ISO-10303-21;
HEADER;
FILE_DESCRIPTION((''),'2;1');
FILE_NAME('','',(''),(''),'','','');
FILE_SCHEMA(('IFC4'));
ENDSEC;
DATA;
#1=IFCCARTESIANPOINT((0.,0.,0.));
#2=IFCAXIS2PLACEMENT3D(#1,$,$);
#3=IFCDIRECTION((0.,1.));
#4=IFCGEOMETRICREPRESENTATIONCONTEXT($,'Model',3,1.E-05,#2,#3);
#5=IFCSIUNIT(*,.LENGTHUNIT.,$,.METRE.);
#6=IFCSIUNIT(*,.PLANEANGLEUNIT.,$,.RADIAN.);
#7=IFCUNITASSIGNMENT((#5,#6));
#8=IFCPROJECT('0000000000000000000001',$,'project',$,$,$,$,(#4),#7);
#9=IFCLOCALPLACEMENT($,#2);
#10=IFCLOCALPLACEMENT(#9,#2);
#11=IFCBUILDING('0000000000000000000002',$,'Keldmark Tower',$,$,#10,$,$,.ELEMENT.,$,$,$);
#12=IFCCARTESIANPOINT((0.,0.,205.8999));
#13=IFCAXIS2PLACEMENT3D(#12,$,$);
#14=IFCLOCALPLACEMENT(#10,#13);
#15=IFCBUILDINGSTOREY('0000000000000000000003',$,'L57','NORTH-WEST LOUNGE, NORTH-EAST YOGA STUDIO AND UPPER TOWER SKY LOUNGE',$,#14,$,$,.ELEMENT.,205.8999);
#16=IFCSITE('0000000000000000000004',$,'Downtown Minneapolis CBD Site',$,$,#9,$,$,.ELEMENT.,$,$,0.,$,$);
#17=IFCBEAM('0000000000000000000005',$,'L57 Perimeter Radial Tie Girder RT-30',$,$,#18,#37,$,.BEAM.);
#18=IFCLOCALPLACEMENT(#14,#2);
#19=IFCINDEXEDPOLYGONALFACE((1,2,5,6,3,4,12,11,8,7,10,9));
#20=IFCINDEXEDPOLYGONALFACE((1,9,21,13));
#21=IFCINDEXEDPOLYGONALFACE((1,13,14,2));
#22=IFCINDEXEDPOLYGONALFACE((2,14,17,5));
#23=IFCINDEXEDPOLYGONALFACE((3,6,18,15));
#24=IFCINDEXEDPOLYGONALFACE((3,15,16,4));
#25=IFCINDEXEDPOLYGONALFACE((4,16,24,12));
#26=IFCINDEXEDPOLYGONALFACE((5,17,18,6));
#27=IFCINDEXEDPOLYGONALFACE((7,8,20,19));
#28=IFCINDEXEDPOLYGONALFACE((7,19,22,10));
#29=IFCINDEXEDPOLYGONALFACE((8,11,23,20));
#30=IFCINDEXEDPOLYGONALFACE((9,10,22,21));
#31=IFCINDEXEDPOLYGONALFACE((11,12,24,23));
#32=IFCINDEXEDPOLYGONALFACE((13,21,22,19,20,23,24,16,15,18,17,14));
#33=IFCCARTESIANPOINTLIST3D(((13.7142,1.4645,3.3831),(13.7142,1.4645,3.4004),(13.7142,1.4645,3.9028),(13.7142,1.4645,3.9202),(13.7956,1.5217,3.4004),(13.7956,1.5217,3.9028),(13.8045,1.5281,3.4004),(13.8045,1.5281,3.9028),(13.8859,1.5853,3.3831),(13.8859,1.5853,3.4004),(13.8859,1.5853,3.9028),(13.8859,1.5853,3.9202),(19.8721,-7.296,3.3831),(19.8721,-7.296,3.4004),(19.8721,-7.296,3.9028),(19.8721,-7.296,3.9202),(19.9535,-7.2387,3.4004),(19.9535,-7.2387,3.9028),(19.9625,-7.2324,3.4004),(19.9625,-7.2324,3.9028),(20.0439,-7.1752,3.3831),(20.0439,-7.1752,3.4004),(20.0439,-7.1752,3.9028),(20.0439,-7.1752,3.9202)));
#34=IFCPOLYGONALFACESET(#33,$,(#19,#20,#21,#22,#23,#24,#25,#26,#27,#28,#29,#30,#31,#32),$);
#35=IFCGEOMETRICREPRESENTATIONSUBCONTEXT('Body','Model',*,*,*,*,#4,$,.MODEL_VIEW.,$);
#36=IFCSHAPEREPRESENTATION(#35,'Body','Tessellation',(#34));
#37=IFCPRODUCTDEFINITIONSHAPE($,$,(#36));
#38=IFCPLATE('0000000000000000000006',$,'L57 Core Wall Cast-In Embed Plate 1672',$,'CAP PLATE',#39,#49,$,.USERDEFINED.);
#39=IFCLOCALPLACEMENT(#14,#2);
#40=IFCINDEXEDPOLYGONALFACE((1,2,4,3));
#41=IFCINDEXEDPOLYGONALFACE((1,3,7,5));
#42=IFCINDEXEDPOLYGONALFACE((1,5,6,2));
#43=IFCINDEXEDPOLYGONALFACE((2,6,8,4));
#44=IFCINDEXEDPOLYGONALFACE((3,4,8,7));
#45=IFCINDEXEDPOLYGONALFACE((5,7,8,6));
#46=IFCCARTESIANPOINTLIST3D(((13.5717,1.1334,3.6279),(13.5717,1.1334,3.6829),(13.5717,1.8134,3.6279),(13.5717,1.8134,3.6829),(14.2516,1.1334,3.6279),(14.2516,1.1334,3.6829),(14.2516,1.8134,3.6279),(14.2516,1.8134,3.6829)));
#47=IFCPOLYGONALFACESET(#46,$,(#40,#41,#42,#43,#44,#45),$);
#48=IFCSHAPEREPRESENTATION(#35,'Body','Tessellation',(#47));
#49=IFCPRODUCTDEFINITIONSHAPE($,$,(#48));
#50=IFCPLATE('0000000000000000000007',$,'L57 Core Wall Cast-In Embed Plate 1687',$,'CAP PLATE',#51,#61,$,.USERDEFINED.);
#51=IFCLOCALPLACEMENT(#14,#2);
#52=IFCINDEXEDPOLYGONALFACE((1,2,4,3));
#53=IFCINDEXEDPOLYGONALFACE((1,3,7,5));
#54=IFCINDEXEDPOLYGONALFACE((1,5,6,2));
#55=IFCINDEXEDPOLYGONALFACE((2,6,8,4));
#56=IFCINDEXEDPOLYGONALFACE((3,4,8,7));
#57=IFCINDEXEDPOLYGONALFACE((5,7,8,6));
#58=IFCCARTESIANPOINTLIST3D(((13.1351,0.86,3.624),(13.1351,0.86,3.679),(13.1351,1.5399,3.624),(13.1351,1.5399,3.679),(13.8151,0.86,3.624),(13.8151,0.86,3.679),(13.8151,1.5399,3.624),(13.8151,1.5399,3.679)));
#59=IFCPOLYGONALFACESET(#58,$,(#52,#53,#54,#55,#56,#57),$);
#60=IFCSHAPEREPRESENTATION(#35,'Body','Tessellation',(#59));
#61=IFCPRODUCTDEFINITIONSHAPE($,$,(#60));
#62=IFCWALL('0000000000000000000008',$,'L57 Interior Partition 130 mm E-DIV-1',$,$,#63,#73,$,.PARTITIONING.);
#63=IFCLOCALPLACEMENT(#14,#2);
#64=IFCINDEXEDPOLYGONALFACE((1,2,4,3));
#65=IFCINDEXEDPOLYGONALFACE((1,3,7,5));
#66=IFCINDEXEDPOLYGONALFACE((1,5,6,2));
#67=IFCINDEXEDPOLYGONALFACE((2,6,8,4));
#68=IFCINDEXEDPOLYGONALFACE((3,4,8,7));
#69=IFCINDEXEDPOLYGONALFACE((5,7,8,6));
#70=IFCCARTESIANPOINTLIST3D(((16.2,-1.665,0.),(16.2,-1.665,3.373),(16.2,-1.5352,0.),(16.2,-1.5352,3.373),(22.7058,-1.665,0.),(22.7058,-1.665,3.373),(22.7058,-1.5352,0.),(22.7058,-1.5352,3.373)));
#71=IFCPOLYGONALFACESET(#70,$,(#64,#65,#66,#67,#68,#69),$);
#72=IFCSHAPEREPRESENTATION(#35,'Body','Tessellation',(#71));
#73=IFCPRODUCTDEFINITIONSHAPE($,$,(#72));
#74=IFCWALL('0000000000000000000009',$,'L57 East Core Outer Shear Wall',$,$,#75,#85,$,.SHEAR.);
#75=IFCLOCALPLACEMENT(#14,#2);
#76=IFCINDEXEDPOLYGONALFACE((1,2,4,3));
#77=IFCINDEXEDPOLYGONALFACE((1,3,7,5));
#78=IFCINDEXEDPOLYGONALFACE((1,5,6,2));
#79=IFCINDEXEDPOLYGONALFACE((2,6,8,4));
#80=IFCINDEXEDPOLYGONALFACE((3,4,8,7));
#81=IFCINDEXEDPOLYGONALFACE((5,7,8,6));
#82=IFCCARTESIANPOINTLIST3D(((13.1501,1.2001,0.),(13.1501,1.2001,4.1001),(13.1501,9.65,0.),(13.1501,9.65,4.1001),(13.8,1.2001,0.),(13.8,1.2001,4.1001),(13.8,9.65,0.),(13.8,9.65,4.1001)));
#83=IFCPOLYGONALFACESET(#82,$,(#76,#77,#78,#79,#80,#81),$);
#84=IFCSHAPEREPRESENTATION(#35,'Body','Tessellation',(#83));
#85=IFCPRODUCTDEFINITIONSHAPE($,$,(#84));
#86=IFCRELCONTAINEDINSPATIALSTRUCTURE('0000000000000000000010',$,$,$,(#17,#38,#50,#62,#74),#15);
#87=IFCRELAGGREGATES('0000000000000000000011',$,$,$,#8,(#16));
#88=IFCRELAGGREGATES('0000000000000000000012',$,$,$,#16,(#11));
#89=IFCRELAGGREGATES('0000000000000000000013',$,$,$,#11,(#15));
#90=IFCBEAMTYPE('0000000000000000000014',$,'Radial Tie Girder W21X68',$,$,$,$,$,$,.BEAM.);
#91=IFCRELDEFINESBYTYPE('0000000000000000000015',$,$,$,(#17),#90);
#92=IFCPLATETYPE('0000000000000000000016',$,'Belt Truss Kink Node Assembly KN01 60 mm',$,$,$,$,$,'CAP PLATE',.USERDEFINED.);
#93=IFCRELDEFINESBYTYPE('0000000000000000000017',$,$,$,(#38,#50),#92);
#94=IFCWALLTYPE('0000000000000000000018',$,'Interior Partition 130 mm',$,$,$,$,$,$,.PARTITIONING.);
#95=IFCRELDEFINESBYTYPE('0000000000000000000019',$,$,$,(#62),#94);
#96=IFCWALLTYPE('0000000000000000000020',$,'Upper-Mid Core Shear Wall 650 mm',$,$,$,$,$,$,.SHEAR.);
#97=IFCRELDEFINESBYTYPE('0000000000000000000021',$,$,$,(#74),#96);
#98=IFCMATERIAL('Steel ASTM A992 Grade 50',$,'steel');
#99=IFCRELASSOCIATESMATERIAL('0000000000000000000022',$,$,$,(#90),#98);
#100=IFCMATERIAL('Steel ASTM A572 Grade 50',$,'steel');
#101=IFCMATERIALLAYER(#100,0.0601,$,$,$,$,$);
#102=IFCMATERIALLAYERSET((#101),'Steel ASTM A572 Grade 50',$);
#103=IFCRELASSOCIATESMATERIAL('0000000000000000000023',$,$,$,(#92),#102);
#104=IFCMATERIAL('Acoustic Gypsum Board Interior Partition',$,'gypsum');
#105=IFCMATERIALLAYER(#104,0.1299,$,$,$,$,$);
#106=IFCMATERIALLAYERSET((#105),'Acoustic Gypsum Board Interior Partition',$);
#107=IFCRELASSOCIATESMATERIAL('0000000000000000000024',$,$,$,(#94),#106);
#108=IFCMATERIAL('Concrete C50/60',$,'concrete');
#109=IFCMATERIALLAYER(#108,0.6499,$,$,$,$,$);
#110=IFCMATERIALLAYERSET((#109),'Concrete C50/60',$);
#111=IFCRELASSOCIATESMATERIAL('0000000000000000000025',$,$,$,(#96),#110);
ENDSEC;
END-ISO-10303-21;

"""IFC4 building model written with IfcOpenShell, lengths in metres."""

from ifc_helpers import new_model, si_unit, direction, frame, frame_2d, origin, origin_2d, place, context, subcontext, project, spatial, rectangle, i_section, extrude, material, layer, layer_set, material_profile, profile_set, type_object, element, save


model = new_model("IFC4")

# Units and contexts
model_context = context("Model", 3, precision=1e-05, world=origin(), true_north=direction((0.0, 1.0)))
body_context = subcontext(model_context, "Body", "Model", "MODEL_VIEW")
ifc_project = project(units=[si_unit("LENGTHUNIT", "METRE"), si_unit("PLANEANGLEUNIT", "RADIAN")], contexts=[model_context])

# Site, building, storey
site_placement = place(None, origin())
site = spatial("IfcSite", under=ifc_project, at=site_placement, Name="Downtown Minneapolis CBD Site", CompositionType="ELEMENT", RefElevation=0.0)
building_placement = place(site_placement, origin())
building = spatial("IfcBuilding", under=site, at=building_placement, Name="Keldmark Tower", CompositionType="ELEMENT")
storey_placement = place(building_placement, frame((0.0, 0.0, 205.8999)))
storey = spatial("IfcBuildingStorey", under=building, at=storey_placement, Name="L57", Description="NORTH-WEST LOUNGE, NORTH-EAST YOGA STUDIO AND UPPER TOWER SKY LOUNGE", CompositionType="ELEMENT", Elevation=205.8999)

# Beam
ifc_material_1 = material(Name="Steel ASTM A992 Grade 50", Category="steel")
ifc_material_profile_1 = material_profile(ifc_material_1, i_section(OverallWidth=0.21, OverallDepth=0.5371, WebThickness=0.011, FlangeThickness=0.0173, at=origin_2d()), Name="W21X68")
ifc_profile_set_1 = profile_set([ifc_material_profile_1], Name="Steel ASTM A992 Grade 50")
beam_type_1 = type_object("IfcBeamType", Name="Radial Tie Girder W21X68", PredefinedType="BEAM", material=ifc_profile_set_1)
beam_1_placement = place(storey_placement, frame((13.8, 1.5249, 3.6516), z_axis=(0.575066, -0.818107, 0.0), x_axis=(0.818107, 0.575066, 0.0)))
element("IfcBeam", 1, at=beam_1_placement, inside=storey, type_object=beam_type_1, Name="L57 Perimeter Radial Tie Girder RT-30", PredefinedType="BEAM", context=body_context, shape_type="SweptSolid", body=[
    extrude(i_section(OverallWidth=0.21, OverallDepth=0.5371, WebThickness=0.011, FlangeThickness=0.0173, at=origin_2d()), origin(), (0.0, 0.0, 1.0), 10.7083),
])

# Plates
ifc_material_2 = material(Name="Steel ASTM A572 Grade 50", Category="steel")
ifc_layer_1 = layer(ifc_material_2, 0.0601)
ifc_layer_set_1 = layer_set([ifc_layer_1], Name="Steel ASTM A572 Grade 50")
plate_type = type_object("IfcPlateType", Name="Belt Truss Kink Node Assembly KN01 60 mm", ElementType="CAP PLATE", PredefinedType="USERDEFINED", material=ifc_layer_set_1)
for number, where, z_axis, x_axis, name in (
    (2, (13.9116, 1.4734, 3.6279), (0.0, 0.0, 1.0), (1.0, 0.0, 0.0), "L57 Core Wall Cast-In Embed Plate 1672"),
    (3, (13.4751, 1.2, 3.624), (0.0, 0.0, 1.0), (1.0, 0.0, 0.0), "L57 Core Wall Cast-In Embed Plate 1687"),
):
    element("IfcPlate", number, at=place(storey_placement, frame(where, z_axis=z_axis, x_axis=x_axis)), inside=storey, type_object=plate_type, Name=name, ObjectType="CAP PLATE", PredefinedType="USERDEFINED", context=body_context, shape_type="SweptSolid", body=[
        extrude(rectangle(XDim=0.6799, YDim=0.6799, at=origin_2d()), origin(), (0.0, 0.0, 1.0), 0.0549),
    ])

# Wall
ifc_material_3 = material(Name="Acoustic Gypsum Board Interior Partition", Category="gypsum")
ifc_layer_2 = layer(ifc_material_3, 0.1299)
ifc_layer_set_2 = layer_set([ifc_layer_2], Name="Acoustic Gypsum Board Interior Partition")
wall_type_1 = type_object("IfcWallType", Name="Interior Partition 130 mm", PredefinedType="PARTITIONING", material=ifc_layer_set_2)
wall_1_placement = place(storey_placement, frame((16.2, -1.6001, 0.0), z_axis=(0.0, 0.0, 1.0), x_axis=(1.0, 0.0, 0.0)))
element("IfcWall", 4, at=wall_1_placement, inside=storey, type_object=wall_type_1, Name="L57 Interior Partition 130 mm E-DIV-1", PredefinedType="PARTITIONING", context=body_context, shape_type="SweptSolid", body=[
    extrude(rectangle(XDim=6.5059, YDim=0.1299, at=frame_2d((3.2529, 0.0))), origin(), (0.0, 0.0, 1.0), 3.373),
])

# Wall
ifc_material_4 = material(Name="Concrete C50/60", Category="concrete")
ifc_layer_3 = layer(ifc_material_4, 0.6499)
ifc_layer_set_3 = layer_set([ifc_layer_3], Name="Concrete C50/60")
wall_type_2 = type_object("IfcWallType", Name="Upper-Mid Core Shear Wall 650 mm", PredefinedType="SHEAR", material=ifc_layer_set_3)
wall_2_placement = place(storey_placement, frame((13.4751, 1.2, 0.0), z_axis=(0.0, 0.0, 1.0), x_axis=(0.0, 1.0, 0.0)))
element("IfcWall", 5, at=wall_2_placement, inside=storey, type_object=wall_type_2, Name="L57 East Core Outer Shear Wall", PredefinedType="SHEAR", context=body_context, shape_type="SweptSolid", body=[
    extrude(rectangle(XDim=8.45, YDim=0.6499, at=frame_2d((4.2251, 0.0))), origin(), (0.0, 0.0, 1.0), 4.1001),
])

save(model, "model.ifc")
